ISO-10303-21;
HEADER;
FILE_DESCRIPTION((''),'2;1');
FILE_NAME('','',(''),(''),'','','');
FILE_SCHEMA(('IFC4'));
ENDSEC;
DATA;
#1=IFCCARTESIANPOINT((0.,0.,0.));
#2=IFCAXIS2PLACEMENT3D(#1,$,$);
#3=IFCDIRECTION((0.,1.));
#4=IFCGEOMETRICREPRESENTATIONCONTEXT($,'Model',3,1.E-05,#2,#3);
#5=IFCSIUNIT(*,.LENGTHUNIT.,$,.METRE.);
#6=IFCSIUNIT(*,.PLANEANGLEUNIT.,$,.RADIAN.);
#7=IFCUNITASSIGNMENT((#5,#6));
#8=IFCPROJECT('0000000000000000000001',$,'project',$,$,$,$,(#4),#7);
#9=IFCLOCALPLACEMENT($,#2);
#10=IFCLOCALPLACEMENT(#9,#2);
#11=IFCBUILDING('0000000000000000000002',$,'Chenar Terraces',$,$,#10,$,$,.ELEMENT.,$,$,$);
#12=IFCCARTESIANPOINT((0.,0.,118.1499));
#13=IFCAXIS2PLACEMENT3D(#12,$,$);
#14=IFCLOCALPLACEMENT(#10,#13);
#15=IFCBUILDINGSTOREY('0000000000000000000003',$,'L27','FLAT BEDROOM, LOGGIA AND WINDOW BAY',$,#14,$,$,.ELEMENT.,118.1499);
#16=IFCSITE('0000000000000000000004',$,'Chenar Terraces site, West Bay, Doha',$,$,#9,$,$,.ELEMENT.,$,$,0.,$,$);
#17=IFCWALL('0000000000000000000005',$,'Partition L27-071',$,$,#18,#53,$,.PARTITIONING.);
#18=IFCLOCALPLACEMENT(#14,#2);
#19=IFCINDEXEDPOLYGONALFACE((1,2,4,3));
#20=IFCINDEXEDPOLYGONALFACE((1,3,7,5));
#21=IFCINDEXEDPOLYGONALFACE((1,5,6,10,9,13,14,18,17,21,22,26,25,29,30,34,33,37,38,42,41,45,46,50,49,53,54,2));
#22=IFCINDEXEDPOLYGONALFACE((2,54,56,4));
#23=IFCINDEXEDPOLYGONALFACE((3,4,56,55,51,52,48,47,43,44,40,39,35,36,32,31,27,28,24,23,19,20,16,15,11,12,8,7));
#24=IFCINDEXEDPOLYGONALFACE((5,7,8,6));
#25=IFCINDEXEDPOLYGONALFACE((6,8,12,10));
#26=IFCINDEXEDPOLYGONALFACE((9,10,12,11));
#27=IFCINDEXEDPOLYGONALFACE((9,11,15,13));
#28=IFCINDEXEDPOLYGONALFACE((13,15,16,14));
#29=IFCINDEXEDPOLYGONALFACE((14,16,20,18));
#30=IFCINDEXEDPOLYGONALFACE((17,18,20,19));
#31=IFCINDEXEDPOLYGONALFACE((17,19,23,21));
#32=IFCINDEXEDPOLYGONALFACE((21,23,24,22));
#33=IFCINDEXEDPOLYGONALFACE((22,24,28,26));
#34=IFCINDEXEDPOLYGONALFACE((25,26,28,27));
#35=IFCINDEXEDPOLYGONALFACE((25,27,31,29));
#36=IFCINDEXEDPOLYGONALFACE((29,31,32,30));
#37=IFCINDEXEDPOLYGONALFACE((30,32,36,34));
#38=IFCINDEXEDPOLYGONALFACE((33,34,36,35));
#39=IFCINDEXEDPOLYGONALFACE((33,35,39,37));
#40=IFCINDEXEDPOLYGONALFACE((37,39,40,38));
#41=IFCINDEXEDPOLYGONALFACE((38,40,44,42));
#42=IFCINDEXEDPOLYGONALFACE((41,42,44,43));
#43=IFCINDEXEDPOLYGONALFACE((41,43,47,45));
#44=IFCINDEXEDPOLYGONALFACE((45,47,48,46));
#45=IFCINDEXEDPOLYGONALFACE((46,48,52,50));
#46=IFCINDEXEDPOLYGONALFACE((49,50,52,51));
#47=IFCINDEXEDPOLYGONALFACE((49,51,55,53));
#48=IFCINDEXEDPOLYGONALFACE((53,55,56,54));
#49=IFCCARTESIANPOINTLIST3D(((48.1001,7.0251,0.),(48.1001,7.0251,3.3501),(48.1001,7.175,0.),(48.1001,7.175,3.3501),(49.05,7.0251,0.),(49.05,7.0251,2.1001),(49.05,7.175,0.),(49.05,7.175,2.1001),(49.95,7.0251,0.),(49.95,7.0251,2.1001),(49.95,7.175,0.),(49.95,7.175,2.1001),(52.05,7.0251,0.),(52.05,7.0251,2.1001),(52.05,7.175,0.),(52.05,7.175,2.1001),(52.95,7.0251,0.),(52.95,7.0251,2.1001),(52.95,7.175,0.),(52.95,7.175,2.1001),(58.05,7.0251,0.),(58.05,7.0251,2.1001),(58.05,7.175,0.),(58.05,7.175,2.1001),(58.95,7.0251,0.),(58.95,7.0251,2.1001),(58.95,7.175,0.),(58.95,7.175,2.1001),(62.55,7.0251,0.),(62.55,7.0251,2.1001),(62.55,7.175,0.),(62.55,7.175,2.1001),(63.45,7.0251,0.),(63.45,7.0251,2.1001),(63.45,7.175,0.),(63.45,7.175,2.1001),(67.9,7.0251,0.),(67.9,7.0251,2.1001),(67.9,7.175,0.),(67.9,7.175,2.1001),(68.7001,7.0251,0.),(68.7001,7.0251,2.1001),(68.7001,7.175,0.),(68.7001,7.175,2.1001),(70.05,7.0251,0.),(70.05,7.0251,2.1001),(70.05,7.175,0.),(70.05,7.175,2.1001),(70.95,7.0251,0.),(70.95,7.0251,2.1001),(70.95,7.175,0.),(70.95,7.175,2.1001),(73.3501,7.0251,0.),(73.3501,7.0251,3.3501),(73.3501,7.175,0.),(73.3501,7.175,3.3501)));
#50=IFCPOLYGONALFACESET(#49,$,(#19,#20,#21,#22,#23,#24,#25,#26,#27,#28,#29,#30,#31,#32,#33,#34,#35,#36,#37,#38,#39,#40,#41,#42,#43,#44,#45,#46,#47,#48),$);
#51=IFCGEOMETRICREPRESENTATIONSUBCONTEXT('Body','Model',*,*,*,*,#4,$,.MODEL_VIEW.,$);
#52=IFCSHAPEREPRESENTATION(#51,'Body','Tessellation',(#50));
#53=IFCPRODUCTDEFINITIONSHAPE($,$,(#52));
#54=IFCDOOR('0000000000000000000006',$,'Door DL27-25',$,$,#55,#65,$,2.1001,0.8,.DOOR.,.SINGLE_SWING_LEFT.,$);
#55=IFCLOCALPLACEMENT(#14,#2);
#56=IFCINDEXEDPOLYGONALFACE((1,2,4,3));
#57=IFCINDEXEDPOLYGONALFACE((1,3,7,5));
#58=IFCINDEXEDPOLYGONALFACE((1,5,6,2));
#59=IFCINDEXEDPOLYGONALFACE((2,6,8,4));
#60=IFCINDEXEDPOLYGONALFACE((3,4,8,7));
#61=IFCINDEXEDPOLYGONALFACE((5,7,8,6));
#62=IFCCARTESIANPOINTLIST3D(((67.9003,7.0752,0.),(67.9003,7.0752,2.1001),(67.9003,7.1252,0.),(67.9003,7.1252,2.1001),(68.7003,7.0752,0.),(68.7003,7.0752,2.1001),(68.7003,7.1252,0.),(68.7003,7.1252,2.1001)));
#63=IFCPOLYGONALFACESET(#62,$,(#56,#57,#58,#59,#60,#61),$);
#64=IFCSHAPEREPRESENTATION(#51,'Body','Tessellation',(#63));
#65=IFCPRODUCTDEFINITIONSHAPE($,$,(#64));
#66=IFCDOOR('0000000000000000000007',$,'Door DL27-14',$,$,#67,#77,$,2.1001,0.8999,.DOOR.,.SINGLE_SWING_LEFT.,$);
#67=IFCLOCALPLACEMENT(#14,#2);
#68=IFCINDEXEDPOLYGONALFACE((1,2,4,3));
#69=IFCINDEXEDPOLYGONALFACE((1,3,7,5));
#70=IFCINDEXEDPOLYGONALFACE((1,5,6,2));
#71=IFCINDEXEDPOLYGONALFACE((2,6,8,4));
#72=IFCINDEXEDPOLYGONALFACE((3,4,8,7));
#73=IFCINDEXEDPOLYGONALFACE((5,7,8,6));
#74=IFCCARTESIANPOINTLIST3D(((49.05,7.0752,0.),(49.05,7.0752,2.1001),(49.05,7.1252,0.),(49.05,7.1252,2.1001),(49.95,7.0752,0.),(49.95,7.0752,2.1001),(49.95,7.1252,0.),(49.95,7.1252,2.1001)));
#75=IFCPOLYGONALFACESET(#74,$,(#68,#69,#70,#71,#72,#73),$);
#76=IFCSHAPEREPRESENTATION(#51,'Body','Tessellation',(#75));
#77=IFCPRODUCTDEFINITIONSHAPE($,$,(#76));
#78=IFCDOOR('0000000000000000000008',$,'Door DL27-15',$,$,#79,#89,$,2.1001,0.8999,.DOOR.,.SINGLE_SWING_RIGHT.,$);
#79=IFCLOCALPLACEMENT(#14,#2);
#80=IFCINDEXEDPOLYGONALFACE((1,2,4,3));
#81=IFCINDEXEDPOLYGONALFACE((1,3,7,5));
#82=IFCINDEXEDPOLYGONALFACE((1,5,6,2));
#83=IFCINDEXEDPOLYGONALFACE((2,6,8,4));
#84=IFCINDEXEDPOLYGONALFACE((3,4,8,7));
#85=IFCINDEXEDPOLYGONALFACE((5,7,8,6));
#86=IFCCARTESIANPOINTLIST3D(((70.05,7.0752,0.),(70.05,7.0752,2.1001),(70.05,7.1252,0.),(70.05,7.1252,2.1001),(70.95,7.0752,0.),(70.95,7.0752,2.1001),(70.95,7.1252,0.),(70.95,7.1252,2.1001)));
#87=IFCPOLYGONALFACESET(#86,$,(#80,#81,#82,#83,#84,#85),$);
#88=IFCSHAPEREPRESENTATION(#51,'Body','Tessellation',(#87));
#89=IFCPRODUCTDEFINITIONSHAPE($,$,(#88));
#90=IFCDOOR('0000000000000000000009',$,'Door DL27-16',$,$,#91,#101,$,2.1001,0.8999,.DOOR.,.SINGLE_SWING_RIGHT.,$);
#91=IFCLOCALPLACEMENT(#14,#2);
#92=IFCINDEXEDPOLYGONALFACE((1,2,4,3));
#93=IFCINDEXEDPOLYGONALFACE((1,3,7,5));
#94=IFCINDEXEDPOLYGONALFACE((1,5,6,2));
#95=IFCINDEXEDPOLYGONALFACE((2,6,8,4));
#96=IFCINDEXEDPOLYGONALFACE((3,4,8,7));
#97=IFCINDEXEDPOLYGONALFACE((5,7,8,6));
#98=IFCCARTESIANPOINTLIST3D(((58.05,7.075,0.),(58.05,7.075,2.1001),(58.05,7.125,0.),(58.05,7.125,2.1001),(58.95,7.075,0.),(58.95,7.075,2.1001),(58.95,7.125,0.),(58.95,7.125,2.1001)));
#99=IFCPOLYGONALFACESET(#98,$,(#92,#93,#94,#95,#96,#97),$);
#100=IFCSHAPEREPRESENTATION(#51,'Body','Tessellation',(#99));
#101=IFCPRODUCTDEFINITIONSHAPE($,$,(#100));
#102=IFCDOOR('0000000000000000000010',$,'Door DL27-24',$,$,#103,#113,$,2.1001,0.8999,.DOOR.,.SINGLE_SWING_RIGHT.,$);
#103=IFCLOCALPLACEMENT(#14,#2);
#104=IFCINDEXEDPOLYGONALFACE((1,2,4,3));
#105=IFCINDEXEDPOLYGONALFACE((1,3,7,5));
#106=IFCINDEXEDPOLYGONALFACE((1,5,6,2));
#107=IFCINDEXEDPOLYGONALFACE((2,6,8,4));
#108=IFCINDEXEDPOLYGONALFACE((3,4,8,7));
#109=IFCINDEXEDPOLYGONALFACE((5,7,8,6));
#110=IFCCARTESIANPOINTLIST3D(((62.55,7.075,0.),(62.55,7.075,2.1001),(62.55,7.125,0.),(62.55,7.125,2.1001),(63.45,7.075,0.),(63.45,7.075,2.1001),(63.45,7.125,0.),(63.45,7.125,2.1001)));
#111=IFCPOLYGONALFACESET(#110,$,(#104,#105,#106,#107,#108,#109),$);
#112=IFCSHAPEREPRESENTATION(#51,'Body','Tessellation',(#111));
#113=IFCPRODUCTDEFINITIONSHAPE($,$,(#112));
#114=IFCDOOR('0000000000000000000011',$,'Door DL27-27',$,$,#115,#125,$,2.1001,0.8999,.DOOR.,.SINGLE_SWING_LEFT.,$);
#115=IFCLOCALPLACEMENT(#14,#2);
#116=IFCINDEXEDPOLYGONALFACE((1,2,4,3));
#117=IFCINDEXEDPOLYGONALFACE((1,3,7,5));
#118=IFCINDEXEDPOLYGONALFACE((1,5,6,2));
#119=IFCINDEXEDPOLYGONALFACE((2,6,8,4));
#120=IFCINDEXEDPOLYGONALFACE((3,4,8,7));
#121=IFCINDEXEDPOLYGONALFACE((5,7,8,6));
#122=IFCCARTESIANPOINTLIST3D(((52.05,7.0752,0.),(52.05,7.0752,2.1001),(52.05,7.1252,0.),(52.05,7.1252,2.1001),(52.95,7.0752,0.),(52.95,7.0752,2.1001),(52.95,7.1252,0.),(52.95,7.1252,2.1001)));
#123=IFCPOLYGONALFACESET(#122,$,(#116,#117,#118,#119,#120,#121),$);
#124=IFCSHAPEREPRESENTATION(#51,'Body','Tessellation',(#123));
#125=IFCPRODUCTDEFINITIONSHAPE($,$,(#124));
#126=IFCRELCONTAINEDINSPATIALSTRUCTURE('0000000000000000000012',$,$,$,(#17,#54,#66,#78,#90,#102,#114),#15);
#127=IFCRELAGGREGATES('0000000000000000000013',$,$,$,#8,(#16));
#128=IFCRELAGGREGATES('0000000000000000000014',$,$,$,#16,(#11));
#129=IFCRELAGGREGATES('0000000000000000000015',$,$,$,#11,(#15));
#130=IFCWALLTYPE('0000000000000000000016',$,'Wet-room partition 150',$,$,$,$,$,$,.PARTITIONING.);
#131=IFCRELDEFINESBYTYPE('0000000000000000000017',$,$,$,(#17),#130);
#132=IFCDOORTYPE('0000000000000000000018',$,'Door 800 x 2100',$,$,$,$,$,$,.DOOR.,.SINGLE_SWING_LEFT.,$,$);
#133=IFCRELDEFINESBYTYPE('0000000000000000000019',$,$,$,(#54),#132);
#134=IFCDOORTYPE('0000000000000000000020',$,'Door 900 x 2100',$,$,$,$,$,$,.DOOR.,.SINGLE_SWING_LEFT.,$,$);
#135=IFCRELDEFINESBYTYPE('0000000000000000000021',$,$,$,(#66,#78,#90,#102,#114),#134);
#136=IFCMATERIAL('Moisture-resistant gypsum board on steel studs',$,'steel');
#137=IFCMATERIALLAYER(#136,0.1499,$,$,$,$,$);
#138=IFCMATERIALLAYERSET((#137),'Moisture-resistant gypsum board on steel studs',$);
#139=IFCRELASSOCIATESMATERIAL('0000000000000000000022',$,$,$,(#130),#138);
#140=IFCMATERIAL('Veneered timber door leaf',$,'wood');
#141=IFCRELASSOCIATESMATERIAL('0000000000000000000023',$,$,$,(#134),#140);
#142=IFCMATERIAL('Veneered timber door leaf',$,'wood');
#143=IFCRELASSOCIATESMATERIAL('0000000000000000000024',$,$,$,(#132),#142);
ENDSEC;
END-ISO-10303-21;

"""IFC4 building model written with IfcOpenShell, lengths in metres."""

from ifc_helpers import new_model, si_unit, direction, frame, frame_2d, origin, place, context, subcontext, project, spatial, rectangle, extrude, material, layer, layer_set, type_object, element, fill, save


model = new_model("IFC4")

# Units and contexts
model_context = context("Model", 3, precision=1e-05, world=origin(), true_north=direction((0.0, 1.0)))
body_context = subcontext(model_context, "Body", "Model", "MODEL_VIEW")
ifc_project = project(units=[si_unit("LENGTHUNIT", "METRE"), si_unit("PLANEANGLEUNIT", "RADIAN")], contexts=[model_context])

# Site, building, storey
site_placement = place(None, origin())
site = spatial("IfcSite", under=ifc_project, at=site_placement, Name="Chenar Terraces site, West Bay, Doha", CompositionType="ELEMENT", RefElevation=0.0)
building_placement = place(site_placement, origin())
building = spatial("IfcBuilding", under=site, at=building_placement, Name="Chenar Terraces", CompositionType="ELEMENT")
storey_placement = place(building_placement, frame((0.0, 0.0, 118.1499)))
storey = spatial("IfcBuildingStorey", under=building, at=storey_placement, Name="L27", Description="FLAT BEDROOM, LOGGIA AND WINDOW BAY", CompositionType="ELEMENT", Elevation=118.1499)

# Shared definitions
ifc_material_1 = material(Name="Moisture-resistant gypsum board on steel studs", Category="steel")
ifc_layer_1 = layer(ifc_material_1, 0.1499)
ifc_layer_set_1 = layer_set([ifc_layer_1], Name="Moisture-resistant gypsum board on steel studs")
wall_type_1 = type_object("IfcWallType", Name="Wet-room partition 150", PredefinedType="PARTITIONING", material=ifc_layer_set_1)
ifc_material_2 = material(Name="Veneered timber door leaf", Category="wood")
door_type_1 = type_object("IfcDoorType", Name="Door 900 x 2100", OperationType="SINGLE_SWING_LEFT", PredefinedType="DOOR", material=ifc_material_2)
ifc_material_3 = material(Name="Veneered timber door leaf", Category="wood")
door_type_2 = type_object("IfcDoorType", Name="Door 800 x 2100", OperationType="SINGLE_SWING_LEFT", PredefinedType="DOOR", material=ifc_material_3)

# Wall, openings, doors
wall_1_placement = place(storey_placement, frame((48.1001, 7.1001, 0.0), z_axis=(0.0, 0.0, 1.0), x_axis=(1.0, 0.0, 0.0)))
wall_1 = element("IfcWall", 1, at=wall_1_placement, inside=storey, type_object=wall_type_1, Name="Partition L27-071", PredefinedType="PARTITIONING", context=body_context, shape_type="SweptSolid", body=[
    extrude(rectangle(XDim=25.25, YDim=0.1499, at=frame_2d((12.625, 0.0))), origin(), (0.0, 0.0, 1.0), 3.3501),
])
opening_1_placement = place(wall_1_placement, frame((0.95, 0.0, 0.0)))
opening_1 = element("IfcOpeningElement", 2, at=opening_1_placement, cuts=wall_1, PredefinedType="OPENING", context=body_context, shape_type="SweptSolid", body=[
    extrude(rectangle(XDim=0.8999, YDim=2.1001, at=frame_2d((0.45, 1.05))), frame((0.0, 0.085, 0.0), z_axis=(0.0, -1.0, 0.0), x_axis=(1.0, 0.0, 0.0)), (0.0, 0.0, 1.0), 0.1699),
])
opening_2_placement = place(wall_1_placement, frame((21.95, 0.0, 0.0)))
opening_2 = element("IfcOpeningElement", 3, at=opening_2_placement, cuts=wall_1, PredefinedType="OPENING", context=body_context, shape_type="SweptSolid", body=[
    extrude(rectangle(XDim=0.8999, YDim=2.1001, at=frame_2d((0.45, 1.05))), frame((0.0, 0.085, 0.0), z_axis=(0.0, -1.0, 0.0), x_axis=(1.0, 0.0, 0.0)), (0.0, 0.0, 1.0), 0.1699),
])
opening_3_placement = place(wall_1_placement, frame((9.95, 0.0, 0.0)))
opening_3 = element("IfcOpeningElement", 4, at=opening_3_placement, cuts=wall_1, PredefinedType="OPENING", context=body_context, shape_type="SweptSolid", body=[
    extrude(rectangle(XDim=0.8999, YDim=2.1001, at=frame_2d((0.45, 1.05))), frame((0.0, 0.085, 0.0), z_axis=(0.0, -1.0, 0.0), x_axis=(1.0, 0.0, 0.0)), (0.0, 0.0, 1.0), 0.1699),
])
opening_4_placement = place(wall_1_placement, frame((14.45, 0.0, 0.0)))
opening_4 = element("IfcOpeningElement", 5, at=opening_4_placement, cuts=wall_1, PredefinedType="OPENING", context=body_context, shape_type="SweptSolid", body=[
    extrude(rectangle(XDim=0.8999, YDim=2.1001, at=frame_2d((0.45, 1.05))), frame((0.0, 0.085, 0.0), z_axis=(0.0, -1.0, 0.0), x_axis=(1.0, 0.0, 0.0)), (0.0, 0.0, 1.0), 0.1699),
])
opening_5_placement = place(wall_1_placement, frame((19.8, 0.0, 0.0)))
opening_5 = element("IfcOpeningElement", 6, at=opening_5_placement, cuts=wall_1, PredefinedType="OPENING", context=body_context, shape_type="SweptSolid", body=[
    extrude(rectangle(XDim=0.8, YDim=2.1001, at=frame_2d((0.3999, 1.05))), frame((0.0, 0.085, 0.0), z_axis=(0.0, -1.0, 0.0), x_axis=(1.0, 0.0, 0.0)), (0.0, 0.0, 1.0), 0.1699),
])
opening_6_placement = place(wall_1_placement, frame((3.95, 0.0, 0.0)))
opening_6 = element("IfcOpeningElement", 7, at=opening_6_placement, cuts=wall_1, PredefinedType="OPENING", context=body_context, shape_type="SweptSolid", body=[
    extrude(rectangle(XDim=0.8999, YDim=2.1001, at=frame_2d((0.45, 1.05))), frame((0.0, 0.085, 0.0), z_axis=(0.0, -1.0, 0.0), x_axis=(1.0, 0.0, 0.0)), (0.0, 0.0, 1.0), 0.1699),
])
door_1_placement = place(opening_5_placement, frame((0.8, 0.0, 0.0), z_axis=(0.0, 0.0, 1.0), x_axis=(-1.0, 0.0, 0.0)))
door_1 = element("IfcDoor", 8, at=door_1_placement, inside=storey, type_object=door_type_2, Name="Door DL27-25", OperationType="SINGLE_SWING_LEFT", OverallHeight=2.1001, OverallWidth=0.8, PredefinedType="DOOR", context=body_context, shape_type="SweptSolid", body=[
    extrude(rectangle(XDim=0.8, YDim=2.1001, at=frame_2d((0.3999, 1.05))), frame((0.0, 0.0249, 0.0), z_axis=(0.0, -1.0, 0.0), x_axis=(1.0, 0.0, 0.0)), (0.0, 0.0, 1.0), 0.05),
])
fill(opening_5, door_1)
door_2_placement = place(opening_1_placement, frame((0.8999, 0.0, 0.0), z_axis=(0.0, 0.0, 1.0), x_axis=(-1.0, 0.0, 0.0)))
door_2 = element("IfcDoor", 9, at=door_2_placement, inside=storey, type_object=door_type_1, Name="Door DL27-14", OperationType="SINGLE_SWING_LEFT", OverallHeight=2.1001, OverallWidth=0.8999, PredefinedType="DOOR", context=body_context, shape_type="SweptSolid", body=[
    extrude(rectangle(XDim=0.8999, YDim=2.1001, at=frame_2d((0.45, 1.05))), frame((0.0, 0.0249, 0.0), z_axis=(0.0, -1.0, 0.0), x_axis=(1.0, 0.0, 0.0)), (0.0, 0.0, 1.0), 0.05),
])
fill(opening_1, door_2)
door_3_placement = place(opening_2_placement, frame((0.8999, 0.0, 0.0), z_axis=(0.0, 0.0, 1.0), x_axis=(-1.0, 0.0, 0.0)))
door_3 = element("IfcDoor", 10, at=door_3_placement, inside=storey, type_object=door_type_1, Name="Door DL27-15", OperationType="SINGLE_SWING_RIGHT", OverallHeight=2.1001, OverallWidth=0.8999, PredefinedType="DOOR", context=body_context, shape_type="SweptSolid", body=[
    extrude(rectangle(XDim=0.8999, YDim=2.1001, at=frame_2d((0.45, 1.05))), frame((0.0, 0.0249, 0.0), z_axis=(0.0, -1.0, 0.0), x_axis=(1.0, 0.0, 0.0)), (0.0, 0.0, 1.0), 0.05),
])
fill(opening_2, door_3)
door_4_placement = place(opening_3_placement, origin())
door_4 = element("IfcDoor", 11, at=door_4_placement, inside=storey, type_object=door_type_1, Name="Door DL27-16", OperationType="SINGLE_SWING_RIGHT", OverallHeight=2.1001, OverallWidth=0.8999, PredefinedType="DOOR", context=body_context, shape_type="SweptSolid", body=[
    extrude(rectangle(XDim=0.8999, YDim=2.1001, at=frame_2d((0.45, 1.05))), frame((0.0, 0.0249, 0.0), z_axis=(0.0, -1.0, 0.0), x_axis=(1.0, 0.0, 0.0)), (0.0, 0.0, 1.0), 0.05),
])
fill(opening_3, door_4)
door_5_placement = place(opening_4_placement, origin())
door_5 = element("IfcDoor", 12, at=door_5_placement, inside=storey, type_object=door_type_1, Name="Door DL27-24", OperationType="SINGLE_SWING_RIGHT", OverallHeight=2.1001, OverallWidth=0.8999, PredefinedType="DOOR", context=body_context, shape_type="SweptSolid", body=[
    extrude(rectangle(XDim=0.8999, YDim=2.1001, at=frame_2d((0.45, 1.05))), frame((0.0, 0.0249, 0.0), z_axis=(0.0, -1.0, 0.0), x_axis=(1.0, 0.0, 0.0)), (0.0, 0.0, 1.0), 0.05),
])
fill(opening_4, door_5)
door_6_placement = place(opening_6_placement, frame((0.8999, 0.0, 0.0), z_axis=(0.0, 0.0, 1.0), x_axis=(-1.0, 0.0, 0.0)))
door_6 = element("IfcDoor", 13, at=door_6_placement, inside=storey, type_object=door_type_1, Name="Door DL27-27", OperationType="SINGLE_SWING_LEFT", OverallHeight=2.1001, OverallWidth=0.8999, PredefinedType="DOOR", context=body_context, shape_type="SweptSolid", body=[
    extrude(rectangle(XDim=0.8999, YDim=2.1001, at=frame_2d((0.45, 1.05))), frame((0.0, 0.0249, 0.0), z_axis=(0.0, -1.0, 0.0), x_axis=(1.0, 0.0, 0.0)), (0.0, 0.0, 1.0), 0.05),
])
fill(opening_6, door_6)

save(model, "model.ifc")
